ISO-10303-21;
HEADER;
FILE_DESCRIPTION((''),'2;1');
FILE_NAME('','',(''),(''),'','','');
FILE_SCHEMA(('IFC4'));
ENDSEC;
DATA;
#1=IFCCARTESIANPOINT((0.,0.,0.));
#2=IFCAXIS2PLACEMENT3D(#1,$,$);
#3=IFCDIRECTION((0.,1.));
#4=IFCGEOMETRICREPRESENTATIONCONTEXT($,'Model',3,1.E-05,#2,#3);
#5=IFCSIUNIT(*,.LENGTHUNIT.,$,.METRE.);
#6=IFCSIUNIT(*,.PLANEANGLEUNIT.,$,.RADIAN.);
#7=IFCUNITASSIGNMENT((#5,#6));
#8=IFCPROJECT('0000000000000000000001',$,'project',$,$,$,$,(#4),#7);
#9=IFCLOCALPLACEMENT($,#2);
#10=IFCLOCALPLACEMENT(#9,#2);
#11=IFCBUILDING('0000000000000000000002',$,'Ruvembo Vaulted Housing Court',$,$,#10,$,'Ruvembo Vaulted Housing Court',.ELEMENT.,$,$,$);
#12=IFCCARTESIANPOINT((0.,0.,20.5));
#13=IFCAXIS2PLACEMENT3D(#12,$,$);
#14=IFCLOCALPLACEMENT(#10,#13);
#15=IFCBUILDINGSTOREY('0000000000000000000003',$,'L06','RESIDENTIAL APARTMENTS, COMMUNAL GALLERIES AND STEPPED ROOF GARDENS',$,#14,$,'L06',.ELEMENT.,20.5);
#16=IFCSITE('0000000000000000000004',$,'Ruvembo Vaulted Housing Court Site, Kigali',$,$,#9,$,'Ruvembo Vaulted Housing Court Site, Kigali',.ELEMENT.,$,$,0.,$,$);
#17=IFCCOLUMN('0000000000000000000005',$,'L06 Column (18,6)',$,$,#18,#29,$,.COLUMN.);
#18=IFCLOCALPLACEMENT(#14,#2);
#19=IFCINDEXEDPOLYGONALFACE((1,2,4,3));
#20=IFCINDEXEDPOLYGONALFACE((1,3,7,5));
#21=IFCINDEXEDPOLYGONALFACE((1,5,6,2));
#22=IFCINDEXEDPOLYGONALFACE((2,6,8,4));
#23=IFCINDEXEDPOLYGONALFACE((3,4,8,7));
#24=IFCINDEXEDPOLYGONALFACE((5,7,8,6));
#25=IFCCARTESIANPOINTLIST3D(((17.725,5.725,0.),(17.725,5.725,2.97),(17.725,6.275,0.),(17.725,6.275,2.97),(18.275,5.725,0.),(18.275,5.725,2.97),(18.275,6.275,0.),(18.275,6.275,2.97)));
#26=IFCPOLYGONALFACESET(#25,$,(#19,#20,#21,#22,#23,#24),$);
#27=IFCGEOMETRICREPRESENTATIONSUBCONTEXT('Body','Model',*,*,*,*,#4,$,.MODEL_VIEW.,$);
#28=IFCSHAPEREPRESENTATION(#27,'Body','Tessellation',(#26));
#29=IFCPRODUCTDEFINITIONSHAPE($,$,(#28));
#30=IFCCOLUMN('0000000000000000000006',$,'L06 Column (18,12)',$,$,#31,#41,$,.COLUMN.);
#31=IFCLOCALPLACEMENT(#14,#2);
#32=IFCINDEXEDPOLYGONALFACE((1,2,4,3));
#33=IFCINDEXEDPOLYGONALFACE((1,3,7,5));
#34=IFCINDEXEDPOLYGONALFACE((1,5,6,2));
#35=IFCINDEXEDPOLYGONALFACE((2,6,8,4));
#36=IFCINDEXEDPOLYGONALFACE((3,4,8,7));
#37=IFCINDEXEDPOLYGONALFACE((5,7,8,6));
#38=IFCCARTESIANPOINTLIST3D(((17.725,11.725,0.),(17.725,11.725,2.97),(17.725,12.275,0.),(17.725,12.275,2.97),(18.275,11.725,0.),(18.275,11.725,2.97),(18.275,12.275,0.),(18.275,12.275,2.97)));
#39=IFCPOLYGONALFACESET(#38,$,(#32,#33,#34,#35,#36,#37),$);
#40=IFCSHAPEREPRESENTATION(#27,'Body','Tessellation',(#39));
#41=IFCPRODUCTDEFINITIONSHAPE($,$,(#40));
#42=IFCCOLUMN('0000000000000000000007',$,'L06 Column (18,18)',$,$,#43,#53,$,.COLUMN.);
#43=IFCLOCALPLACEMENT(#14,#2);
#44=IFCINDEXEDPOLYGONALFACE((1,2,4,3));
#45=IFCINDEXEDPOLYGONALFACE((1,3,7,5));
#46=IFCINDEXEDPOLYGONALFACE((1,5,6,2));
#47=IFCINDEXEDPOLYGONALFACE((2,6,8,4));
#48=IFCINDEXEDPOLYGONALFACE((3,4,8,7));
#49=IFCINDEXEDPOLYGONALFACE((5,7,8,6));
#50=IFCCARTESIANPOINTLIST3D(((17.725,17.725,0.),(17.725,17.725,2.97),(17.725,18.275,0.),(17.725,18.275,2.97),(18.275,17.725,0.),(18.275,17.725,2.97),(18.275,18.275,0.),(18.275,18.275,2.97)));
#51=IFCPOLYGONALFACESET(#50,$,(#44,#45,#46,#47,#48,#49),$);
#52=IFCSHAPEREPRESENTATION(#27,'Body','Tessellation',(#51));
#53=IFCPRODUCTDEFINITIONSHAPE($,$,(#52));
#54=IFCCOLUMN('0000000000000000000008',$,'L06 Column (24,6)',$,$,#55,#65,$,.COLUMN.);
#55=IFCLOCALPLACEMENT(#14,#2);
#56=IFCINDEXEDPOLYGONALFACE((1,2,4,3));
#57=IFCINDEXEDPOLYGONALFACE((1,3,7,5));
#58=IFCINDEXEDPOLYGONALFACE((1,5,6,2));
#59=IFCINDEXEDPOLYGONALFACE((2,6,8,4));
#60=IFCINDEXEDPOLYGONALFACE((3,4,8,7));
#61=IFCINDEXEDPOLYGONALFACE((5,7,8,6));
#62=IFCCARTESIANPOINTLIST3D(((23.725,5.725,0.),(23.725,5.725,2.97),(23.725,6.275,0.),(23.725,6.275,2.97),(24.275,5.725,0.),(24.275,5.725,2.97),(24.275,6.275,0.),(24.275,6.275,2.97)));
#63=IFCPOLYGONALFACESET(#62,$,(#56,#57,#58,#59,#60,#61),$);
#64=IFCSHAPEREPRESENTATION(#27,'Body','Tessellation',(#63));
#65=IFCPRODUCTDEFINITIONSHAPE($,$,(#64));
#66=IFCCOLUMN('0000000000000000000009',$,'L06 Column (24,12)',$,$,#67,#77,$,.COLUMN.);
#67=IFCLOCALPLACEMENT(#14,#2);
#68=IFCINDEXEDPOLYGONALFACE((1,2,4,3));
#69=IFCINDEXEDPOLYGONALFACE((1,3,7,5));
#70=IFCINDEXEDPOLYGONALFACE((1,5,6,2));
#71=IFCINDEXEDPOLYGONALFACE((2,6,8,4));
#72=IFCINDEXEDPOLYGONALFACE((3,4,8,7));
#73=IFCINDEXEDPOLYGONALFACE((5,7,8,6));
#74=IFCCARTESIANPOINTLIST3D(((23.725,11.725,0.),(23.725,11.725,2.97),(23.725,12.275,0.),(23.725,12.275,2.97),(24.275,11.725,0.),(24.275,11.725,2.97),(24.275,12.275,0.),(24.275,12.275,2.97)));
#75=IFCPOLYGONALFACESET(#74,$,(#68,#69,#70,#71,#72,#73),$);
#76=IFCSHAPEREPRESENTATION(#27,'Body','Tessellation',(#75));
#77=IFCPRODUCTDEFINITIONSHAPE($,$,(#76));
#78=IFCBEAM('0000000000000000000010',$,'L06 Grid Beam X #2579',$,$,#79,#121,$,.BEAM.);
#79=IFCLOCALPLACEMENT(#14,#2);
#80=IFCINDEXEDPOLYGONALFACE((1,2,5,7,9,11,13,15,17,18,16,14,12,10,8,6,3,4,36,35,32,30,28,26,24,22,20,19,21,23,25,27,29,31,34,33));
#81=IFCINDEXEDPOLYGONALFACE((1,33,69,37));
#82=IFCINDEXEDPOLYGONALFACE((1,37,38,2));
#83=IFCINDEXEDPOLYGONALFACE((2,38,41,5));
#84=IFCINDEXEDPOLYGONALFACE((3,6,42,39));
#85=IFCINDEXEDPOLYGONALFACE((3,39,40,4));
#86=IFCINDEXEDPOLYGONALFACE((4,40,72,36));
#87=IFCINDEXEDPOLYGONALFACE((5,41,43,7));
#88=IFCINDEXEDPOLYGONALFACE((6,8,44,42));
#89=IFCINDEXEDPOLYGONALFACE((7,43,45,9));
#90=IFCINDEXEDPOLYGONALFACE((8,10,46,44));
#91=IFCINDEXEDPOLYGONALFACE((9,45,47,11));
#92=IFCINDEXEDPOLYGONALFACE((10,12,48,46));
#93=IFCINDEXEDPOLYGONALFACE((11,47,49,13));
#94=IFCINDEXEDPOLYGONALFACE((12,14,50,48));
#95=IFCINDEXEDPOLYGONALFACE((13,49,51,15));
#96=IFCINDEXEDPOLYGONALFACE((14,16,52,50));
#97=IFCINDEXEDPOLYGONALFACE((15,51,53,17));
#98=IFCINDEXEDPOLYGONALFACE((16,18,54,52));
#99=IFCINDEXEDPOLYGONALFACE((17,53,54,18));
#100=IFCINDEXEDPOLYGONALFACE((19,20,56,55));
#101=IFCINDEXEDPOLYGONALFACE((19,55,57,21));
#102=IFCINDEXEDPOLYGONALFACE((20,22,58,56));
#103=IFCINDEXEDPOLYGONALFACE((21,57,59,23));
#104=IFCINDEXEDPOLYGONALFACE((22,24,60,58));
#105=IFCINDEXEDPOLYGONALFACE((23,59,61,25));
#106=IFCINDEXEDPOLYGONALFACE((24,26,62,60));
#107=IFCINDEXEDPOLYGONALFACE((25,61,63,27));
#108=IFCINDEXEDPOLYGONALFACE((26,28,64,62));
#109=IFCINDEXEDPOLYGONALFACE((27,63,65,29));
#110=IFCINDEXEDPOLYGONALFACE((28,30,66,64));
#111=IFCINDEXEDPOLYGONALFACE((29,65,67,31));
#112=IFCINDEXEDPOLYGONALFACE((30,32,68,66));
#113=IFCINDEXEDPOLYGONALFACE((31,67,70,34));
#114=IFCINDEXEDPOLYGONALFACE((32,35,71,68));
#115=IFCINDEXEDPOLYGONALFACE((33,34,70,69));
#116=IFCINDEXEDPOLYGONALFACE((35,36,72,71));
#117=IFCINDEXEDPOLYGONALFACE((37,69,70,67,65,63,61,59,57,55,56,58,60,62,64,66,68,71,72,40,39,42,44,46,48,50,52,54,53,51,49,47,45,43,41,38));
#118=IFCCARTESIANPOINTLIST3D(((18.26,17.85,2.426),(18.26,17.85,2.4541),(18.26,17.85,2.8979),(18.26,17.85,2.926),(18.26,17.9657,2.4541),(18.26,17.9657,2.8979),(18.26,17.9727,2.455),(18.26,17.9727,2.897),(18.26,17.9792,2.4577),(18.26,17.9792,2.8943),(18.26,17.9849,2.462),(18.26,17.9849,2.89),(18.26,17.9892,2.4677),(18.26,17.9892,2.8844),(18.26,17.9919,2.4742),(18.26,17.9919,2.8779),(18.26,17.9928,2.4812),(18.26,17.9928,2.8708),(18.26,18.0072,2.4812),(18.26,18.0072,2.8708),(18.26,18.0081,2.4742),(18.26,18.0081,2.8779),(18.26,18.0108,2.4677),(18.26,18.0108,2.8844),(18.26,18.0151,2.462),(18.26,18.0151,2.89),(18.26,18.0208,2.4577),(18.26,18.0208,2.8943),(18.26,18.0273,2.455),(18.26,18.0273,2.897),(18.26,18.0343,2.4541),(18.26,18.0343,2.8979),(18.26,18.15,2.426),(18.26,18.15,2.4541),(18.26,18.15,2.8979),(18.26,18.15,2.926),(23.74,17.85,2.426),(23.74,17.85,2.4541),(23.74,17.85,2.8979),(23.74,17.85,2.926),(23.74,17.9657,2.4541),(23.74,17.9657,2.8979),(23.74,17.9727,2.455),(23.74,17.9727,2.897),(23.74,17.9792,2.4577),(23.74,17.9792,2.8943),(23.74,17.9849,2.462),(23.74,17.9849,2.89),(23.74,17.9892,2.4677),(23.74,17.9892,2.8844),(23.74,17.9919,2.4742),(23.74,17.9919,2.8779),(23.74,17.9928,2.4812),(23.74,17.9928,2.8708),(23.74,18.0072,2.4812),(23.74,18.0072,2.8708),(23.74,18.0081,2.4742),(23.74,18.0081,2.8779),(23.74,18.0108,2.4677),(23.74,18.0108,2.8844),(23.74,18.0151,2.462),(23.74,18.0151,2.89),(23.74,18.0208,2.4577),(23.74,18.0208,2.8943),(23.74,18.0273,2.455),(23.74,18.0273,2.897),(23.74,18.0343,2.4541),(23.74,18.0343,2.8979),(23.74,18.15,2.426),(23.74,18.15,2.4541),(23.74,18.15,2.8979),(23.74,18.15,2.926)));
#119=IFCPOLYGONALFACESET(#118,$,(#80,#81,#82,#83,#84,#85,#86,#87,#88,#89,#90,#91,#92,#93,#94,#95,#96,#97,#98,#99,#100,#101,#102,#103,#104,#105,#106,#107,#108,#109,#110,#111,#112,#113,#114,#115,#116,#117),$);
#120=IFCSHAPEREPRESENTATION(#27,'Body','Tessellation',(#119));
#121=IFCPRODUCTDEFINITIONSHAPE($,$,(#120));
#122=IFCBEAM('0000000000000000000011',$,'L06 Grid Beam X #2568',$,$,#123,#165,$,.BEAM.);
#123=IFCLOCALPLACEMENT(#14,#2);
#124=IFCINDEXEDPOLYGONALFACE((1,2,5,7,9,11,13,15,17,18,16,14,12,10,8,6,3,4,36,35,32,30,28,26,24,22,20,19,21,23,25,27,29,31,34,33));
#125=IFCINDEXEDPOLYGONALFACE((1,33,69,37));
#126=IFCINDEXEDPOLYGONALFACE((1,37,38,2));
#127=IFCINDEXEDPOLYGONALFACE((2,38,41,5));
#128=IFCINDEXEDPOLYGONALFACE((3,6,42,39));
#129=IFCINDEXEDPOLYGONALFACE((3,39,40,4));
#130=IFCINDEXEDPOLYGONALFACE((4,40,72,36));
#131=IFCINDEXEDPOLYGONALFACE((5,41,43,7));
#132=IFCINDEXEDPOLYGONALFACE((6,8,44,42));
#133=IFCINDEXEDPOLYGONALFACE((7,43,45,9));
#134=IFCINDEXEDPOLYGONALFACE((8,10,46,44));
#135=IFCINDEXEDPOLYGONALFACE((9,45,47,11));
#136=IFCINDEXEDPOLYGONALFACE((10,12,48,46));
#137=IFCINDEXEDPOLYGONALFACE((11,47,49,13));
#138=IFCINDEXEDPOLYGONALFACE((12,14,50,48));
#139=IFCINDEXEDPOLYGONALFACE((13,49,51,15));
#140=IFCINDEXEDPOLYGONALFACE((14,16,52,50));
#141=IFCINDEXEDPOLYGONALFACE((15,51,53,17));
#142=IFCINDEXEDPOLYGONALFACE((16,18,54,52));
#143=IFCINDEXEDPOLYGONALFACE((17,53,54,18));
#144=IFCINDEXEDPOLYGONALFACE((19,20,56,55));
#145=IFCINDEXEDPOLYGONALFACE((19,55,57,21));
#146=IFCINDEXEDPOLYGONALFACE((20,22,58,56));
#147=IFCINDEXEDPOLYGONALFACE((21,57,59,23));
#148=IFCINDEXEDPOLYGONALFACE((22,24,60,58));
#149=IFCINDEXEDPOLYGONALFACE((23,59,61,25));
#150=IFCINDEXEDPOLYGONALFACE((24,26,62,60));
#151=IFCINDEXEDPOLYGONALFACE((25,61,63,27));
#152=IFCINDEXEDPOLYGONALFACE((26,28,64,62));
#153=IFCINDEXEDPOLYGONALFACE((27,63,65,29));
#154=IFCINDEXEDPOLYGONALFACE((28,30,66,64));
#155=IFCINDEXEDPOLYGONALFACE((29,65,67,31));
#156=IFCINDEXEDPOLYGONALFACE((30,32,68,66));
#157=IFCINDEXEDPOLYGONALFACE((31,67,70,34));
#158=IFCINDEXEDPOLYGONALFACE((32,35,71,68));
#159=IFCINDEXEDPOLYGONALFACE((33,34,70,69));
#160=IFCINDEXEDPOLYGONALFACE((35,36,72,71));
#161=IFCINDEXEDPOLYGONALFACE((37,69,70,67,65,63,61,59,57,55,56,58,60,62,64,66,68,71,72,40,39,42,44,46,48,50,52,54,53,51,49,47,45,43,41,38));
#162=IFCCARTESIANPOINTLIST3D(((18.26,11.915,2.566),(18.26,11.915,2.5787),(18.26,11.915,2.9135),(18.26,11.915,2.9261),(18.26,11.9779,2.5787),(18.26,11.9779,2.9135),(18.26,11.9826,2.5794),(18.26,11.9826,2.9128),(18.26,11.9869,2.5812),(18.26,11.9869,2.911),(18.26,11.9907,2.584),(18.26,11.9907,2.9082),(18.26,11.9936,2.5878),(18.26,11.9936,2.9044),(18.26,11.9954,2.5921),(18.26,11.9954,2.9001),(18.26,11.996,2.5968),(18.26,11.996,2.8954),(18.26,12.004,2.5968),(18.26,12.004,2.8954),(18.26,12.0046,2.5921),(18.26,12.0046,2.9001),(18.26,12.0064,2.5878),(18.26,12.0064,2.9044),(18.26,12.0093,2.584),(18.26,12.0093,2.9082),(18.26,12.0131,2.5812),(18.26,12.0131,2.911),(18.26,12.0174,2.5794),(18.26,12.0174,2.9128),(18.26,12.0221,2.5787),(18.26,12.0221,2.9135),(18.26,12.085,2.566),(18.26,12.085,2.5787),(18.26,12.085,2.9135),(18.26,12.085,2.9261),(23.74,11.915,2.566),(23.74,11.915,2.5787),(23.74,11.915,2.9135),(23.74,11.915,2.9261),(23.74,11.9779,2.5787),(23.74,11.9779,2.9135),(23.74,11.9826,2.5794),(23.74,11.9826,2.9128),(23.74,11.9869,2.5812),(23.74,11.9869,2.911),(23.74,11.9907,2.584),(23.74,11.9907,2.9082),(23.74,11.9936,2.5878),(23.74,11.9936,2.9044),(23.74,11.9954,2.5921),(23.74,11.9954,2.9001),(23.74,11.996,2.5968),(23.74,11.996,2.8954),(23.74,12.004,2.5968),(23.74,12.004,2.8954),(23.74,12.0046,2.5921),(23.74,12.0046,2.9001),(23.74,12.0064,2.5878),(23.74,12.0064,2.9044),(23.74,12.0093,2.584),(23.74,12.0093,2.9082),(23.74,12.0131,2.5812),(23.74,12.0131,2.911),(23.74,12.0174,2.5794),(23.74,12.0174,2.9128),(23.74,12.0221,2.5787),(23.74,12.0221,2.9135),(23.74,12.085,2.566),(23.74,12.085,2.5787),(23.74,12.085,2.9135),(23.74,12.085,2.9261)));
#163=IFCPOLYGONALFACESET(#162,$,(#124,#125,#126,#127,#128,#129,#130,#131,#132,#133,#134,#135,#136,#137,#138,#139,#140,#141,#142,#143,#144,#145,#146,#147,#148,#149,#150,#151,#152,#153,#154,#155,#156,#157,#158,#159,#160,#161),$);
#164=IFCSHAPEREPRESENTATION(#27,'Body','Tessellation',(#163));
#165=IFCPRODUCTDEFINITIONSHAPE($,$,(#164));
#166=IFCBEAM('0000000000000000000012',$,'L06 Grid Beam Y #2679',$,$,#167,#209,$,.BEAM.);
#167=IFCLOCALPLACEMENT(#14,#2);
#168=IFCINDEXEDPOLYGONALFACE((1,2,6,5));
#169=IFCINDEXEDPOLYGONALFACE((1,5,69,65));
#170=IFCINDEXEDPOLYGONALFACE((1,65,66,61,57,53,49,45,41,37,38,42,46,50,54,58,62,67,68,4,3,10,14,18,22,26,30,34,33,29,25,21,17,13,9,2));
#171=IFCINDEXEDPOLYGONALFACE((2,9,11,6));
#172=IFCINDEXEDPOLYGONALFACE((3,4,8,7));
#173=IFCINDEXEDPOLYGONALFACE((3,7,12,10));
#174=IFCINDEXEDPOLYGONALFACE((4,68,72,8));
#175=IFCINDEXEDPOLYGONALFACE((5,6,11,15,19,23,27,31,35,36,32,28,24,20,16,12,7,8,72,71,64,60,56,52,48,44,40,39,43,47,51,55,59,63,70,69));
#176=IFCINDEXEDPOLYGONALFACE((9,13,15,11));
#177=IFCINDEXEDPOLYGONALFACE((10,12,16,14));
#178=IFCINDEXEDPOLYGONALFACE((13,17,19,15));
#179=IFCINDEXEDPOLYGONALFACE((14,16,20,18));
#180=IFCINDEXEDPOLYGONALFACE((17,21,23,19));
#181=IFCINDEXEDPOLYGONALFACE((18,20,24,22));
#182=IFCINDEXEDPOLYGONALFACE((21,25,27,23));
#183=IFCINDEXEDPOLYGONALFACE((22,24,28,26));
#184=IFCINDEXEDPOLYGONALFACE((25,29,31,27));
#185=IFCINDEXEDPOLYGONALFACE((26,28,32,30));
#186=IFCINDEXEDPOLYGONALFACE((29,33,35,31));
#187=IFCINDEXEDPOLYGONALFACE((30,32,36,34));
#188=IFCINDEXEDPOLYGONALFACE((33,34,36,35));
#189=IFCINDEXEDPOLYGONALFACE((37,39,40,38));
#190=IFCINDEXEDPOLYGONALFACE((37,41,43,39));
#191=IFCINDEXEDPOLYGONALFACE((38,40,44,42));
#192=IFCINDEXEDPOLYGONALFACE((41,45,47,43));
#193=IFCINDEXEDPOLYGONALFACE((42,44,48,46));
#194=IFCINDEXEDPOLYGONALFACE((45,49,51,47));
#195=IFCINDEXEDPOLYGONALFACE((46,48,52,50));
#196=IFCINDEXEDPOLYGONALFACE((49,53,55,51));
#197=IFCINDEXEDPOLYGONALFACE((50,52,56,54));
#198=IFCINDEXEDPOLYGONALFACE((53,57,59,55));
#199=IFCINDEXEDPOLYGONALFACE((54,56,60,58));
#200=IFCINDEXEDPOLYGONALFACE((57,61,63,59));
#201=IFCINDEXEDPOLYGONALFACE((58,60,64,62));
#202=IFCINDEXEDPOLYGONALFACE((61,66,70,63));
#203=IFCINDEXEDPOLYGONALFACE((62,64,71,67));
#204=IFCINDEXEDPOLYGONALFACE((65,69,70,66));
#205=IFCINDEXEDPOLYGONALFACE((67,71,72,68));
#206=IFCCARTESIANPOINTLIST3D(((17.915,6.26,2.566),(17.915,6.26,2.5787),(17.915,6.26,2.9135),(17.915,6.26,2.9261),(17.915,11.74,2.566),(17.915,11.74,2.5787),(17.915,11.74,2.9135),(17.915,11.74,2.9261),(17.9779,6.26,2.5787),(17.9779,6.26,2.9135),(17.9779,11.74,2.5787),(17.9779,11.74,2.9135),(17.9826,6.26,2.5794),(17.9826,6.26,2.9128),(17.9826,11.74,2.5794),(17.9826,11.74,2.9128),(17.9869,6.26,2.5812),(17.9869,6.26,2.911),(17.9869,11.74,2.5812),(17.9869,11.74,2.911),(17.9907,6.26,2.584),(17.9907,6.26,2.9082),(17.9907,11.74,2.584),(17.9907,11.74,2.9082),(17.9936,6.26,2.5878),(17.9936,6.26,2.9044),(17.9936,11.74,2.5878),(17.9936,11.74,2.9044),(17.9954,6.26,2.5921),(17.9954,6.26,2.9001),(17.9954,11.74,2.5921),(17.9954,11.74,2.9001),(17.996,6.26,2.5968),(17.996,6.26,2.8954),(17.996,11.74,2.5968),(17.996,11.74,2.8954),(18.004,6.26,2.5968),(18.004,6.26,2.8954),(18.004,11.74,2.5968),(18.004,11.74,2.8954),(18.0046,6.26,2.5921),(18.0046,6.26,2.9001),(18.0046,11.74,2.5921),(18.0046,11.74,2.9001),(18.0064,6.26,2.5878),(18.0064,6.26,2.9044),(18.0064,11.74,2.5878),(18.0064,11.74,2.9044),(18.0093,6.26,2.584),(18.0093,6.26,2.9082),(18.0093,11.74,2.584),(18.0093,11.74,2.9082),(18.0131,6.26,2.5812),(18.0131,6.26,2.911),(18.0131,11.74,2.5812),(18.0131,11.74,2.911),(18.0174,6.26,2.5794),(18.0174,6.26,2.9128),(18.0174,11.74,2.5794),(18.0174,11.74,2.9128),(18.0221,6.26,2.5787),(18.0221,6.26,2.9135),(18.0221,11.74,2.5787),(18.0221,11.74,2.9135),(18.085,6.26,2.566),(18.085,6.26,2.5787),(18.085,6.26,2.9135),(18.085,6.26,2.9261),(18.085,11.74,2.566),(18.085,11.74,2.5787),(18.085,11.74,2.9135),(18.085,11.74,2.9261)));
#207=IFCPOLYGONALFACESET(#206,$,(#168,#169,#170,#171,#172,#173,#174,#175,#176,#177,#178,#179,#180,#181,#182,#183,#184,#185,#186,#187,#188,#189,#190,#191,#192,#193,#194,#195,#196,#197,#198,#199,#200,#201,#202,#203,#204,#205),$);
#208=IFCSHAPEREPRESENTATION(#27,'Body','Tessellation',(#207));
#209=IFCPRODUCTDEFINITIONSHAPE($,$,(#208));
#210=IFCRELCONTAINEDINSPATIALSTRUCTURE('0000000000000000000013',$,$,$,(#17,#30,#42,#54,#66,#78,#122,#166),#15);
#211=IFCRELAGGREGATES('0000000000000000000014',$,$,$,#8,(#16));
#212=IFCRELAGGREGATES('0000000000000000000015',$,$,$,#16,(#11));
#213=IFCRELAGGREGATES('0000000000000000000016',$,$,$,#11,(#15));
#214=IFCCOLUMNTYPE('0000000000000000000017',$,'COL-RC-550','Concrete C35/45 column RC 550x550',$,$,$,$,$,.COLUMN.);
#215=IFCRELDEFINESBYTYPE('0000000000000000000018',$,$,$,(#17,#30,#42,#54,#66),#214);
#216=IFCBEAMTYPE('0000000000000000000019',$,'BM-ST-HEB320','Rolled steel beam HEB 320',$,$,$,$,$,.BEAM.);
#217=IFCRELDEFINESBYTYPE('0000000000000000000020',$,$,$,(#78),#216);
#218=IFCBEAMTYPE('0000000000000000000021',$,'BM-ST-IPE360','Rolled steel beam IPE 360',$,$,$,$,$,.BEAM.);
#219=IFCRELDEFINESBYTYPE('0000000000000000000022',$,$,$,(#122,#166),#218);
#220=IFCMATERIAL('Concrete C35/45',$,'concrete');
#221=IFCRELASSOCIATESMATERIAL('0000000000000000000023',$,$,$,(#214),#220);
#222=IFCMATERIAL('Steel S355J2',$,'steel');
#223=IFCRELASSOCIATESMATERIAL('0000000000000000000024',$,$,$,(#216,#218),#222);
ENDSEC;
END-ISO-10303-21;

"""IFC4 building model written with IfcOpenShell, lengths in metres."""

from ifc_helpers import new_model, si_unit, direction, frame, origin, origin_2d, place, context, subcontext, project, spatial, rectangle, i_section, extrude, material, material_profile, profile_set, type_object, element, save


model = new_model("IFC4")

# Units and contexts
model_context = context("Model", 3, precision=1e-05, world=origin(), true_north=direction((0.0, 1.0)))
body_context = subcontext(model_context, "Body", "Model", "MODEL_VIEW")
ifc_project = project(units=[si_unit("LENGTHUNIT", "METRE"), si_unit("PLANEANGLEUNIT", "RADIAN")], contexts=[model_context])

# Site, building, storey
site_placement = place(None, origin())
site = spatial("IfcSite", under=ifc_project, at=site_placement, Name="Ruvembo Vaulted Housing Court Site, Kigali", LongName="Ruvembo Vaulted Housing Court Site, Kigali", CompositionType="ELEMENT", RefElevation=0.0)
building_placement = place(site_placement, origin())
building = spatial("IfcBuilding", under=site, at=building_placement, Name="Ruvembo Vaulted Housing Court", LongName="Ruvembo Vaulted Housing Court", CompositionType="ELEMENT")
storey_placement = place(building_placement, frame((0.0, 0.0, 20.5)))
storey = spatial("IfcBuildingStorey", under=building, at=storey_placement, Name="L06", Description="RESIDENTIAL APARTMENTS, COMMUNAL GALLERIES AND STEPPED ROOF GARDENS", LongName="L06", CompositionType="ELEMENT", Elevation=20.5)

# Columns
ifc_material_1 = material(Name="Concrete C35/45", Category="concrete")
ifc_material_profile_1 = material_profile(ifc_material_1, rectangle(XDim=0.55, YDim=0.55, at=origin_2d()), Name="RC 550x550")
ifc_profile_set_1 = profile_set([ifc_material_profile_1], Name="Concrete C35/45")
column_type = type_object("IfcColumnType", Name="COL-RC-550", Description="Concrete C35/45 column RC 550x550", PredefinedType="COLUMN", material=ifc_profile_set_1)
for number, where, z_axis, x_axis, name in (
    (1, (18.0, 6.0, 0.0), (0.0, 0.0, 1.0), (1.0, 0.0, 0.0), "L06 Column (18,6)"),
    (2, (18.0, 12.0, 0.0), (0.0, 0.0, 1.0), (1.0, 0.0, 0.0), "L06 Column (18,12)"),
    (3, (18.0, 18.0, 0.0), (0.0, 0.0, 1.0), (1.0, 0.0, 0.0), "L06 Column (18,18)"),
    (4, (24.0, 6.0, 0.0), (0.0, 0.0, 1.0), (1.0, 0.0, 0.0), "L06 Column (24,6)"),
    (5, (24.0, 12.0, 0.0), (0.0, 0.0, 1.0), (1.0, 0.0, 0.0), "L06 Column (24,12)"),
):
    element("IfcColumn", number, at=place(storey_placement, frame(where, z_axis=z_axis, x_axis=x_axis)), inside=storey, type_object=column_type, Name=name, PredefinedType="COLUMN", context=body_context, shape_type="SweptSolid", body=[
        extrude(rectangle(XDim=0.55, YDim=0.55, at=origin_2d()), origin(), (0.0, 0.0, 1.0), 2.97),
    ])

# Beams
ifc_material_2 = material(Name="Steel S355J2", Category="steel")
ifc_material_profile_2 = material_profile(ifc_material_2, i_section(OverallWidth=0.3, OverallDepth=0.5, WebThickness=0.0144, FlangeThickness=0.0281, FilletRadius=0.0271, at=origin_2d()), Name="HEB 320")
ifc_profile_set_2 = profile_set([ifc_material_profile_2], Name="Steel S355J2")
beam_type_1 = type_object("IfcBeamType", Name="BM-ST-HEB320", Description="Rolled steel beam HEB 320", PredefinedType="BEAM", material=ifc_profile_set_2)
beam_1_placement = place(storey_placement, frame((18.26, 18.0, 2.676), z_axis=(1.0, 0.0, 0.0), x_axis=(0.0, 1.0, 0.0)))
element("IfcBeam", 6, at=beam_1_placement, inside=storey, type_object=beam_type_1, Name="L06 Grid Beam X #2579", PredefinedType="BEAM", context=body_context, shape_type="SweptSolid", body=[
    extrude(i_section(OverallWidth=0.3, OverallDepth=0.5, WebThickness=0.0144, FlangeThickness=0.0281, FilletRadius=0.0271, at=origin_2d()), origin(), (0.0, 0.0, 1.0), 5.48),
])
ifc_material_profile_3 = material_profile(ifc_material_2, i_section(OverallWidth=0.1699, OverallDepth=0.3601, WebThickness=0.0081, FlangeThickness=0.0127, FilletRadius=0.0181, at=origin_2d()), Name="IPE 360")
ifc_profile_set_3 = profile_set([ifc_material_profile_3], Name="Steel S355J2")
beam_type_2 = type_object("IfcBeamType", Name="BM-ST-IPE360", Description="Rolled steel beam IPE 360", PredefinedType="BEAM", material=ifc_profile_set_3)
for number, where, z_axis, x_axis, name in (
    (7, (18.26, 12.0, 2.7461), (1.0, 0.0, 0.0), (0.0, 1.0, 0.0), "L06 Grid Beam X #2568"),
    (8, (18.0, 6.26, 2.7461), (0.0, 1.0, 0.0), (-1.0, 0.0, 0.0), "L06 Grid Beam Y #2679"),
):
    element("IfcBeam", number, at=place(storey_placement, frame(where, z_axis=z_axis, x_axis=x_axis)), inside=storey, type_object=beam_type_2, Name=name, PredefinedType="BEAM", context=body_context, shape_type="SweptSolid", body=[
        extrude(i_section(OverallWidth=0.1699, OverallDepth=0.3601, WebThickness=0.0081, FlangeThickness=0.0127, FilletRadius=0.0181, at=origin_2d()), origin(), (0.0, 0.0, 1.0), 5.48),
    ])

save(model, "model.ifc")
